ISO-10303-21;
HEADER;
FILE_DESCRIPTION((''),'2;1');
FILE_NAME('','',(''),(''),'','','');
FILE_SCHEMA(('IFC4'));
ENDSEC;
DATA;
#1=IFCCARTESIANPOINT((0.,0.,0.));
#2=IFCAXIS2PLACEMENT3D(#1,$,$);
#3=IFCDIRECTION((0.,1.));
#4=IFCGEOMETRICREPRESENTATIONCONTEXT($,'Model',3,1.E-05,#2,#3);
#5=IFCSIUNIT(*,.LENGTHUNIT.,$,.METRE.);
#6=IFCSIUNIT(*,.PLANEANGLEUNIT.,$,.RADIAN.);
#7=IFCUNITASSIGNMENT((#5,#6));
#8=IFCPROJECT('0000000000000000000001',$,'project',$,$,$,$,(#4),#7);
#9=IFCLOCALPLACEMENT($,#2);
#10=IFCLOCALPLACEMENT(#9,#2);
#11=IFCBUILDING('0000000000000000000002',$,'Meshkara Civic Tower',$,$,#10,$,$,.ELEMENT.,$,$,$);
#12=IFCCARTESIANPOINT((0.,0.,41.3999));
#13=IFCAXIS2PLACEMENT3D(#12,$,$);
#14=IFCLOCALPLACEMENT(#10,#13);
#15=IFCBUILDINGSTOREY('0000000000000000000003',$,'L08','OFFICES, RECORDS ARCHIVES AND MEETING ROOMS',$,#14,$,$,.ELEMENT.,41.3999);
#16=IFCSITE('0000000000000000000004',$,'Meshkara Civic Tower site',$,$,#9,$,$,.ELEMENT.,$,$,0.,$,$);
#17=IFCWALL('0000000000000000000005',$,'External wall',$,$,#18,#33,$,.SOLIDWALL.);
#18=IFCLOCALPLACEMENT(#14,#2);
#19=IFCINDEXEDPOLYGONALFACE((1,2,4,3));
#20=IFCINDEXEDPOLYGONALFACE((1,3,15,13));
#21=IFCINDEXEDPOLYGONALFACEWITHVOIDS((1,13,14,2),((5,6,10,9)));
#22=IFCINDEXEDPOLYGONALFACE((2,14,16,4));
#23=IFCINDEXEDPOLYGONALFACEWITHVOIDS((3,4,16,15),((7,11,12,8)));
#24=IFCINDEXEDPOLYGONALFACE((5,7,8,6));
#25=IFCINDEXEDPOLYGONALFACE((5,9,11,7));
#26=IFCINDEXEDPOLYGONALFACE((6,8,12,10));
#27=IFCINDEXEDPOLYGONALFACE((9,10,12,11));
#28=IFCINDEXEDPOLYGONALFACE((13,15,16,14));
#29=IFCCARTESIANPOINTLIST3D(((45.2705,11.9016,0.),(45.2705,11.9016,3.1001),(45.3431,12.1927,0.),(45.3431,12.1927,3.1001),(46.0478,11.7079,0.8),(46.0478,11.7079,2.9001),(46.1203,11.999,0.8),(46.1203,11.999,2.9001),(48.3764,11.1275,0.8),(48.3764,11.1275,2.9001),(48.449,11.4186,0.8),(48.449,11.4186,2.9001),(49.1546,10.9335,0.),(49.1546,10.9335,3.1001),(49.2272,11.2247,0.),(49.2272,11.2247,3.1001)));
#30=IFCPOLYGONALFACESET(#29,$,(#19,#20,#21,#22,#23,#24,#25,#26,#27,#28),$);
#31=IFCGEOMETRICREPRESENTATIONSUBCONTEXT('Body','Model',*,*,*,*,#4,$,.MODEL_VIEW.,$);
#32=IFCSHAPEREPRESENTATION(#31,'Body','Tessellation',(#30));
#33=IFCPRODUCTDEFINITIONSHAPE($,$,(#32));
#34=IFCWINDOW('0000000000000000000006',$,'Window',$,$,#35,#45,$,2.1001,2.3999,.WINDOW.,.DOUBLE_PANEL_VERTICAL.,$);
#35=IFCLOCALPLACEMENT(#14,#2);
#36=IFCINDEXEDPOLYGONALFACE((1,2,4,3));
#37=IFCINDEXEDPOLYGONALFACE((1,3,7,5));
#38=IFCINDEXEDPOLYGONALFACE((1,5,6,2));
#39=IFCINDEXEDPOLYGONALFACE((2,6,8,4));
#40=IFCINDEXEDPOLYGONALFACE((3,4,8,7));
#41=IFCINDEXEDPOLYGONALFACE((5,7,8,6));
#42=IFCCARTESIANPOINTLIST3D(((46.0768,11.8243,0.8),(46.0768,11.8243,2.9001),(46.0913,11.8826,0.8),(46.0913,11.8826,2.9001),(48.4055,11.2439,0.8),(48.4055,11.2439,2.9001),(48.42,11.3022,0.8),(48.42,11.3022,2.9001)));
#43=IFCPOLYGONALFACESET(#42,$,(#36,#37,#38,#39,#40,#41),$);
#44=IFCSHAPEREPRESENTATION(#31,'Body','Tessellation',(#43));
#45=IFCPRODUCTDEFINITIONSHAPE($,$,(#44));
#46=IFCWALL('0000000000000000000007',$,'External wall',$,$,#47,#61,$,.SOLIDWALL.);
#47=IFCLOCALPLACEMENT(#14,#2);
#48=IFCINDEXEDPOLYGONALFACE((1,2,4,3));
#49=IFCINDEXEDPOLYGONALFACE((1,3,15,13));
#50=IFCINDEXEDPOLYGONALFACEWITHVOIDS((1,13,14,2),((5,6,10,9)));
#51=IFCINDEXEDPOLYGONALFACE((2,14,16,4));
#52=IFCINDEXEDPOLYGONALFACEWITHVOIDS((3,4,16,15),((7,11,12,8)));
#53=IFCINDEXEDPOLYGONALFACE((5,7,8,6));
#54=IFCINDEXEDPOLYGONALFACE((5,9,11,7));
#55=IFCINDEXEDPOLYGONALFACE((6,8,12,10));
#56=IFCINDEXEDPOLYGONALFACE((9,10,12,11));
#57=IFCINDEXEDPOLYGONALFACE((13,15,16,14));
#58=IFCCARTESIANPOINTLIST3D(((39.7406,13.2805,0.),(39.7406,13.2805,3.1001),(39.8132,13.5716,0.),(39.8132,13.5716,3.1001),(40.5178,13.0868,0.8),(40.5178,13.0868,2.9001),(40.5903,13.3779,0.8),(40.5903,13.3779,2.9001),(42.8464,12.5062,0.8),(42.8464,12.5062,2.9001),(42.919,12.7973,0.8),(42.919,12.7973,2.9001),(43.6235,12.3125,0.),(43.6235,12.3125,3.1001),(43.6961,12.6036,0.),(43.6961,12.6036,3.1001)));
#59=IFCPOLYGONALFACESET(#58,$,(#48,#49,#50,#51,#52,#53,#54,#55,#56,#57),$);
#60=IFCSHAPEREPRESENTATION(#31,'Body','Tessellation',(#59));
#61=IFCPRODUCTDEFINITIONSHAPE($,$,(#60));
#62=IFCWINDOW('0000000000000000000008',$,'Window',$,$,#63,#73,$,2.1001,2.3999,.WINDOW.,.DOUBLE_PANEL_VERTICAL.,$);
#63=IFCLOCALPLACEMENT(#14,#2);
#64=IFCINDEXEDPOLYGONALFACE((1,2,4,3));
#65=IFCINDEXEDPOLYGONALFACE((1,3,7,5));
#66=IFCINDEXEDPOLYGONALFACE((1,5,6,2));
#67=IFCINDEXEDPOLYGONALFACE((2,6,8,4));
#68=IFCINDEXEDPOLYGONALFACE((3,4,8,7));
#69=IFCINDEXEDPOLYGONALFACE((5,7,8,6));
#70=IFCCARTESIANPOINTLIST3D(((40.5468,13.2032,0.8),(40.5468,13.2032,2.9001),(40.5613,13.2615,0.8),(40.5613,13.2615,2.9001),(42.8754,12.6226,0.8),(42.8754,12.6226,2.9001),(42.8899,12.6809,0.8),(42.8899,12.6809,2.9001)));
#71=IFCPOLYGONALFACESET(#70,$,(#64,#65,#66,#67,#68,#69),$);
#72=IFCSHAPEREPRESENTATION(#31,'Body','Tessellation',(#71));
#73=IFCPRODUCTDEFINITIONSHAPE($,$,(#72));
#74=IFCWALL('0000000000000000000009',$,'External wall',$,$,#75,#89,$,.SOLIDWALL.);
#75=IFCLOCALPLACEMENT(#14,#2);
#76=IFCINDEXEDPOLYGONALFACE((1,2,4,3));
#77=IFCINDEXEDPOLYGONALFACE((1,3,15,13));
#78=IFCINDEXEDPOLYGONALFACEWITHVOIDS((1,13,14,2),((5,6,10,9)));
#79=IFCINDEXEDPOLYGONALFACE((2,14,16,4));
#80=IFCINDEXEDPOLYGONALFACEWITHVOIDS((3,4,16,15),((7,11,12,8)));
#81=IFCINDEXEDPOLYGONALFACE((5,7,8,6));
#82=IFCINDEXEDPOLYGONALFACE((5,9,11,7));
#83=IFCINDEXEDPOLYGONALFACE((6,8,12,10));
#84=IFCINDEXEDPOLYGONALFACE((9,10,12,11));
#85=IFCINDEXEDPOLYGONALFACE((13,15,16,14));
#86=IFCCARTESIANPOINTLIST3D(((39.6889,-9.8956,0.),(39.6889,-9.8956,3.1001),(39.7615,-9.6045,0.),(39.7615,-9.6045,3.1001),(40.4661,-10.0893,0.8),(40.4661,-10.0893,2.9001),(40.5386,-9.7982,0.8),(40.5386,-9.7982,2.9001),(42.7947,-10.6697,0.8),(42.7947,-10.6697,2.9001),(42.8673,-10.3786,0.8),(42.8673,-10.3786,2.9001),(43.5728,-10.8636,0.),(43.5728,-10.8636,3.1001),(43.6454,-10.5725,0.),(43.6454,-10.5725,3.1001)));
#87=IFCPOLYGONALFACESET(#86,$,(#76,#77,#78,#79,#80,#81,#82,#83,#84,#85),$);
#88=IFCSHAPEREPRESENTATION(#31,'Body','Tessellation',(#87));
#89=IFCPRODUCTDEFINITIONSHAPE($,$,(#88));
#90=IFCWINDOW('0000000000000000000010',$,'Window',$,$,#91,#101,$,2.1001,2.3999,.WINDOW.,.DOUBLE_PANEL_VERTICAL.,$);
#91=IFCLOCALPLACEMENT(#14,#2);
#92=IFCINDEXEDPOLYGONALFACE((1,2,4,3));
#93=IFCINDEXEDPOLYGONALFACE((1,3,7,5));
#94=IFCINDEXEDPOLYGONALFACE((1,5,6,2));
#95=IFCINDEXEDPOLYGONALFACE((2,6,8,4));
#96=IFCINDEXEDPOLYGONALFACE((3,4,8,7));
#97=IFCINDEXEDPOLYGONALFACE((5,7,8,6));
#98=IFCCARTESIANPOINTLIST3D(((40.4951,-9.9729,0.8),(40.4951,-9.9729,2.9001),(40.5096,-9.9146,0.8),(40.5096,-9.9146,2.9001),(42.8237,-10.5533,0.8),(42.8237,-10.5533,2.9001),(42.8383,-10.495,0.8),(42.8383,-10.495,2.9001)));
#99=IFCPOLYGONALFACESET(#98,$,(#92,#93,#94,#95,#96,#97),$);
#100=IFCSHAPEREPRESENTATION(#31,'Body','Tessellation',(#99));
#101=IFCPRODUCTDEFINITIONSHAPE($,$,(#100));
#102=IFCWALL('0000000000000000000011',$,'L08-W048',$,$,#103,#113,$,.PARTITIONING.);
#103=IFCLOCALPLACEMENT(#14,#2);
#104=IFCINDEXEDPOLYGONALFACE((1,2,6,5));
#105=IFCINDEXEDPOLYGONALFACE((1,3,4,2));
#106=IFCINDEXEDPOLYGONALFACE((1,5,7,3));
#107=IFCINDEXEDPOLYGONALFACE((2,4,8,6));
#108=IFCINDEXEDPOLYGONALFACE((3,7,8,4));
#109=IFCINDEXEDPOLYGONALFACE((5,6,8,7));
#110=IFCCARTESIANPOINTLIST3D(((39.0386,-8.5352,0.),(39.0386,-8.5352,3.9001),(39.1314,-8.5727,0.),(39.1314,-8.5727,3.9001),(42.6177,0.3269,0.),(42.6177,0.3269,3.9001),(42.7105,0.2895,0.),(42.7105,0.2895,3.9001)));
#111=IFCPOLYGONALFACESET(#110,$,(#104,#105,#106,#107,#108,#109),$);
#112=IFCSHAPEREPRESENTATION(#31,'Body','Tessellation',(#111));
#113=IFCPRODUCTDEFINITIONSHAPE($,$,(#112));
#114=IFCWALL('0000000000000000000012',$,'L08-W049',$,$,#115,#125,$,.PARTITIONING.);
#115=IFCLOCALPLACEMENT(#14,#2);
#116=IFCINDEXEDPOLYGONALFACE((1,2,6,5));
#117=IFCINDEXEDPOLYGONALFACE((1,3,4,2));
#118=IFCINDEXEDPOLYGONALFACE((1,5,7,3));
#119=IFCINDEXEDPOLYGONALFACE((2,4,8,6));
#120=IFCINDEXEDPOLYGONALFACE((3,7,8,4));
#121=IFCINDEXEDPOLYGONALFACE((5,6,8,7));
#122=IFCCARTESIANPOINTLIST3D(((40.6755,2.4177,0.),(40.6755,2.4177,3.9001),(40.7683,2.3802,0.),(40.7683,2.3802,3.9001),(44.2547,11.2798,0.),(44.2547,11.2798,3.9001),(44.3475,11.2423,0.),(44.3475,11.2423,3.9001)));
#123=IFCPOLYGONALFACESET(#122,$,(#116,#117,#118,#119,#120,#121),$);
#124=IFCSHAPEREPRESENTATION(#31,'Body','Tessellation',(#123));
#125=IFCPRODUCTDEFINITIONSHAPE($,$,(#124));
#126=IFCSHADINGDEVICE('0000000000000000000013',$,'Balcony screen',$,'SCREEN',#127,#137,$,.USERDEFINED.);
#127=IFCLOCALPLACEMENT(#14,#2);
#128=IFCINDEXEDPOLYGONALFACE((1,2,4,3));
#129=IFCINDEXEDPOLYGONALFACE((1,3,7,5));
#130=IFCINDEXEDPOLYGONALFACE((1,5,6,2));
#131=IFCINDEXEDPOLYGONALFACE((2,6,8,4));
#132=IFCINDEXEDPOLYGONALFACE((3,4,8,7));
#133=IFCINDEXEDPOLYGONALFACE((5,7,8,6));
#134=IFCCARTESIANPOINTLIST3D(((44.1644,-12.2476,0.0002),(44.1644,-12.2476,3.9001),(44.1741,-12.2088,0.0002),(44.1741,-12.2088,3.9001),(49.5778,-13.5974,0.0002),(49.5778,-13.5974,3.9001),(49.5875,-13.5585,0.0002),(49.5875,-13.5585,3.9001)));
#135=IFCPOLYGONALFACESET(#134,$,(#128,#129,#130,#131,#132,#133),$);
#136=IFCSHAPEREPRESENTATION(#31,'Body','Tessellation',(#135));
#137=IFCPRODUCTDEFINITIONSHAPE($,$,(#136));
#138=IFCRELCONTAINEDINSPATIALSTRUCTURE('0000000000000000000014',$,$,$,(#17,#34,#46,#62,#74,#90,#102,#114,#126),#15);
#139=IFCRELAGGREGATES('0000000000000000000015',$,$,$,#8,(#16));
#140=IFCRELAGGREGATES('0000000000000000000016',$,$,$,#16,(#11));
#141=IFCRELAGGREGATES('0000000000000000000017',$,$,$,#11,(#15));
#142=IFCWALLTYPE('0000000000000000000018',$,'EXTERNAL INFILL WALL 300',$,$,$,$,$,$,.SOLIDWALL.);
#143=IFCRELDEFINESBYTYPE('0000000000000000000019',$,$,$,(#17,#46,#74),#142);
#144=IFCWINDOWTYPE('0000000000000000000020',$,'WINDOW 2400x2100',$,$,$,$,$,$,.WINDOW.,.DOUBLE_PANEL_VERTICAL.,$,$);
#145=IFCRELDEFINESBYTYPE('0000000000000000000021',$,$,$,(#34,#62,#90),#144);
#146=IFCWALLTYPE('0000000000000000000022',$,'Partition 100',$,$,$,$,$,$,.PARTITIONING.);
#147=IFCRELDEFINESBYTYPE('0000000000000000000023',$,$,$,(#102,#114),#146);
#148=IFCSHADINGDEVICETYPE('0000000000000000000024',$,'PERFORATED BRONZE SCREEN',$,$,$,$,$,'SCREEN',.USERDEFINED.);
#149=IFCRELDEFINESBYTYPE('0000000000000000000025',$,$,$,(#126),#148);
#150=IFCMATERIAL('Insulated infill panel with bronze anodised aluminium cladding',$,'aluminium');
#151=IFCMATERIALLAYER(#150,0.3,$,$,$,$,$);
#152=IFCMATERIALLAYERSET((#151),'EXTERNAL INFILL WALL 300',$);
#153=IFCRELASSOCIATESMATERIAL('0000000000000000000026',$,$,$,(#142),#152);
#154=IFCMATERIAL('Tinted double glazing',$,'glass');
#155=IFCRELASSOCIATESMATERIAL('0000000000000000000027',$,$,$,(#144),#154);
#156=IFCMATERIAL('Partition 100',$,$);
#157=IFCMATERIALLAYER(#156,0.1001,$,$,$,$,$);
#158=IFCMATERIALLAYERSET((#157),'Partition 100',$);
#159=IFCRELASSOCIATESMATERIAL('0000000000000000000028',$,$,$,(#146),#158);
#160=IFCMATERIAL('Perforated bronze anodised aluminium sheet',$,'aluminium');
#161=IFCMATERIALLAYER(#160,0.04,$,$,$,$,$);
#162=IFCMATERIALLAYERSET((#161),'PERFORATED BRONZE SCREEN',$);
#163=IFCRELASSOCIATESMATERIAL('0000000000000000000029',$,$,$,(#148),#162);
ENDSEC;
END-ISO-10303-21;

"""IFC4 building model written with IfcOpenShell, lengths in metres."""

from ifc_helpers import new_model, si_unit, direction, frame, frame_2d, origin, origin_2d, place, context, subcontext, project, spatial, rectangle, extrude, material, layer, layer_set, type_object, element, fill, save


model = new_model("IFC4")

# Units and contexts
model_context = context("Model", 3, precision=1e-05, world=origin(), true_north=direction((0.0, 1.0)))
body_context = subcontext(model_context, "Body", "Model", "MODEL_VIEW")
ifc_project = project(units=[si_unit("LENGTHUNIT", "METRE"), si_unit("PLANEANGLEUNIT", "RADIAN")], contexts=[model_context])

# Site, building, storey
site_placement = place(None, origin())
site = spatial("IfcSite", under=ifc_project, at=site_placement, Name="Meshkara Civic Tower site", CompositionType="ELEMENT", RefElevation=0.0)
building_placement = place(site_placement, origin())
building = spatial("IfcBuilding", under=site, at=building_placement, Name="Meshkara Civic Tower", CompositionType="ELEMENT")
storey_placement = place(building_placement, frame((0.0, 0.0, 41.3999)))
storey = spatial("IfcBuildingStorey", under=building, at=storey_placement, Name="L08", Description="OFFICES, RECORDS ARCHIVES AND MEETING ROOMS", CompositionType="ELEMENT", Elevation=41.3999)

# Walls, openings, windows
ifc_material_1 = material(Name="Insulated infill panel with bronze anodised aluminium cladding", Category="aluminium")
ifc_layer_1 = layer(ifc_material_1, 0.3)
ifc_layer_set_1 = layer_set([ifc_layer_1], Name="EXTERNAL INFILL WALL 300")
wall_type_1 = type_object("IfcWallType", Name="EXTERNAL INFILL WALL 300", PredefinedType="SOLIDWALL", material=ifc_layer_set_1)
wall_1_placement = place(storey_placement, frame((49.1909, 11.0791, 0.0), z_axis=(0.0, 0.0, 1.0), x_axis=(-0.970318, 0.241832, 0.0)))
wall_1 = element("IfcWall", 1, at=wall_1_placement, inside=storey, type_object=wall_type_1, Name="External wall", PredefinedType="SOLIDWALL", context=body_context, shape_type="SweptSolid", body=[
    extrude(rectangle(XDim=4.0029, YDim=0.3, at=frame_2d((2.0015, 0.0))), origin(), (0.0, 0.0, 1.0), 3.1001),
])
opening_1_placement = place(wall_1_placement, frame((0.802, 0.0, 0.8)))
opening_1 = element("IfcOpeningElement", 2, at=opening_1_placement, cuts=wall_1, PredefinedType="OPENING", context=body_context, shape_type="SweptSolid", body=[
    extrude(rectangle(XDim=2.3999, YDim=2.1001, at=frame_2d((1.2, 1.05))), frame((0.0, 0.1599, 0.0), z_axis=(0.0, -1.0, 0.0), x_axis=(1.0, 0.0, 0.0)), (0.0, 0.0, 1.0), 0.3201),
])
ifc_material_2 = material(Name="Tinted double glazing", Category="glass")
window_type = type_object("IfcWindowType", Name="WINDOW 2400x2100", PartitioningType="DOUBLE_PANEL_VERTICAL", PredefinedType="WINDOW", material=ifc_material_2)
window_1_placement = place(opening_1_placement, origin())
window_1 = element("IfcWindow", 3, at=window_1_placement, inside=storey, type_object=window_type, Name="Window", OverallHeight=2.1001, OverallWidth=2.3999, PartitioningType="DOUBLE_PANEL_VERTICAL", PredefinedType="WINDOW", context=body_context, shape_type="SweptSolid", body=[
    extrude(rectangle(XDim=2.3999, YDim=2.1001, at=frame_2d((1.2, 1.05))), frame((0.0, 0.03, 0.0), z_axis=(0.0, -1.0, 0.0), x_axis=(1.0, 0.0, 0.0)), (0.0, 0.0, 1.0), 0.0601),
])
fill(opening_1, window_1)
wall_2_placement = place(storey_placement, frame((43.6599, 12.458, 0.0), z_axis=(0.0, 0.0, 1.0), x_axis=(-0.9703, 0.241904, 0.0)))
wall_2 = element("IfcWall", 4, at=wall_2_placement, inside=storey, type_object=wall_type_1, Name="External wall", PredefinedType="SOLIDWALL", context=body_context, shape_type="SweptSolid", body=[
    extrude(rectangle(XDim=4.0017, YDim=0.3, at=frame_2d((2.001, 0.0))), origin(), (0.0, 0.0, 1.0), 3.1001),
])
opening_2_placement = place(wall_2_placement, frame((0.801, 0.0, 0.8)))
opening_2 = element("IfcOpeningElement", 5, at=opening_2_placement, cuts=wall_2, PredefinedType="OPENING", context=body_context, shape_type="SweptSolid", body=[
    extrude(rectangle(XDim=2.3999, YDim=2.1001, at=frame_2d((1.2, 1.05))), frame((0.0, 0.1599, 0.0), z_axis=(0.0, -1.0, 0.0), x_axis=(1.0, 0.0, 0.0)), (0.0, 0.0, 1.0), 0.3201),
])
window_2_placement = place(opening_2_placement, origin())
window_2 = element("IfcWindow", 6, at=window_2_placement, inside=storey, type_object=window_type, Name="Window", OverallHeight=2.1001, OverallWidth=2.3999, PartitioningType="DOUBLE_PANEL_VERTICAL", PredefinedType="WINDOW", context=body_context, shape_type="SweptSolid", body=[
    extrude(rectangle(XDim=2.3999, YDim=2.1001, at=frame_2d((1.2, 1.05))), frame((0.0, 0.03, 0.0), z_axis=(0.0, -1.0, 0.0), x_axis=(1.0, 0.0, 0.0)), (0.0, 0.0, 1.0), 0.0601),
])
fill(opening_2, window_2)
wall_3_placement = place(storey_placement, frame((39.7251, -9.75, 0.0), z_axis=(0.0, 0.0, 1.0), x_axis=(0.970314, -0.241847, 0.0)))
wall_3 = element("IfcWall", 7, at=wall_3_placement, inside=storey, type_object=wall_type_1, Name="External wall", PredefinedType="SOLIDWALL", context=body_context, shape_type="SweptSolid", body=[
    extrude(rectangle(XDim=4.0027, YDim=0.3, at=frame_2d((2.0015, 0.0))), origin(), (0.0, 0.0, 1.0), 3.1001),
])
opening_3_placement = place(wall_3_placement, frame((0.801, 0.0, 0.8)))
opening_3 = element("IfcOpeningElement", 8, at=opening_3_placement, cuts=wall_3, PredefinedType="OPENING", context=body_context, shape_type="SweptSolid", body=[
    extrude(rectangle(XDim=2.3999, YDim=2.1001, at=frame_2d((1.2, 1.05))), frame((0.0, 0.1599, 0.0), z_axis=(0.0, -1.0, 0.0), x_axis=(1.0, 0.0, 0.0)), (0.0, 0.0, 1.0), 0.3201),
])
window_3_placement = place(opening_3_placement, origin())
window_3 = element("IfcWindow", 9, at=window_3_placement, inside=storey, type_object=window_type, Name="Window", OverallHeight=2.1001, OverallWidth=2.3999, PartitioningType="DOUBLE_PANEL_VERTICAL", PredefinedType="WINDOW", context=body_context, shape_type="SweptSolid", body=[
    extrude(rectangle(XDim=2.3999, YDim=2.1001, at=frame_2d((1.2, 1.05))), frame((0.0, 0.03, 0.0), z_axis=(0.0, -1.0, 0.0), x_axis=(1.0, 0.0, 0.0)), (0.0, 0.0, 1.0), 0.0601),
])
fill(opening_3, window_3)

# Walls
ifc_material_3 = material(Name="Partition 100")
ifc_layer_2 = layer(ifc_material_3, 0.1001)
ifc_layer_set_2 = layer_set([ifc_layer_2], Name="Partition 100")
wall_type_2 = type_object("IfcWallType", Name="Partition 100", PredefinedType="PARTITIONING", material=ifc_layer_set_2)
for number, where, z_axis, x_axis, name in (
    (10, (39.085, -8.554, 0.0), (0.0, 0.0, 1.0), (0.37448, 0.927235, 0.0), "L08-W048"),
    (11, (40.7219, 2.3989, 0.0), (0.0, 0.0, 1.0), (0.37448, 0.927235, 0.0), "L08-W049"),
):
    element("IfcWall", number, at=place(storey_placement, frame(where, z_axis=z_axis, x_axis=x_axis)), inside=storey, type_object=wall_type_2, Name=name, PredefinedType="PARTITIONING", context=body_context, shape_type="SweptSolid", body=[
        extrude(rectangle(XDim=9.5576, YDim=0.1001, at=frame_2d((4.7788, 0.0))), origin(), (0.0, 0.0, 1.0), 3.9001),
    ])

# Shading device
ifc_material_4 = material(Name="Perforated bronze anodised aluminium sheet", Category="aluminium")
ifc_layer_3 = layer(ifc_material_4, 0.04)
ifc_layer_set_3 = layer_set([ifc_layer_3], Name="PERFORATED BRONZE SCREEN")
shading_device_type = type_object("IfcShadingDeviceType", Name="PERFORATED BRONZE SCREEN", ElementType="SCREEN", PredefinedType="USERDEFINED", material=ifc_layer_set_3)
shading_device_placement = place(storey_placement, frame((46.876, -12.9031, 0.0002), z_axis=(0.0, 0.0, 1.0), x_axis=(0.970296, -0.241922, 0.0)))
element("IfcShadingDevice", 12, at=shading_device_placement, inside=storey, type_object=shading_device_type, Name="Balcony screen", ObjectType="SCREEN", PredefinedType="USERDEFINED", context=body_context, shape_type="SweptSolid", body=[
    extrude(rectangle(XDim=5.5791, YDim=0.04, at=origin_2d()), origin(), (0.0, 0.0, 1.0), 3.8999),
])

save(model, "model.ifc")
